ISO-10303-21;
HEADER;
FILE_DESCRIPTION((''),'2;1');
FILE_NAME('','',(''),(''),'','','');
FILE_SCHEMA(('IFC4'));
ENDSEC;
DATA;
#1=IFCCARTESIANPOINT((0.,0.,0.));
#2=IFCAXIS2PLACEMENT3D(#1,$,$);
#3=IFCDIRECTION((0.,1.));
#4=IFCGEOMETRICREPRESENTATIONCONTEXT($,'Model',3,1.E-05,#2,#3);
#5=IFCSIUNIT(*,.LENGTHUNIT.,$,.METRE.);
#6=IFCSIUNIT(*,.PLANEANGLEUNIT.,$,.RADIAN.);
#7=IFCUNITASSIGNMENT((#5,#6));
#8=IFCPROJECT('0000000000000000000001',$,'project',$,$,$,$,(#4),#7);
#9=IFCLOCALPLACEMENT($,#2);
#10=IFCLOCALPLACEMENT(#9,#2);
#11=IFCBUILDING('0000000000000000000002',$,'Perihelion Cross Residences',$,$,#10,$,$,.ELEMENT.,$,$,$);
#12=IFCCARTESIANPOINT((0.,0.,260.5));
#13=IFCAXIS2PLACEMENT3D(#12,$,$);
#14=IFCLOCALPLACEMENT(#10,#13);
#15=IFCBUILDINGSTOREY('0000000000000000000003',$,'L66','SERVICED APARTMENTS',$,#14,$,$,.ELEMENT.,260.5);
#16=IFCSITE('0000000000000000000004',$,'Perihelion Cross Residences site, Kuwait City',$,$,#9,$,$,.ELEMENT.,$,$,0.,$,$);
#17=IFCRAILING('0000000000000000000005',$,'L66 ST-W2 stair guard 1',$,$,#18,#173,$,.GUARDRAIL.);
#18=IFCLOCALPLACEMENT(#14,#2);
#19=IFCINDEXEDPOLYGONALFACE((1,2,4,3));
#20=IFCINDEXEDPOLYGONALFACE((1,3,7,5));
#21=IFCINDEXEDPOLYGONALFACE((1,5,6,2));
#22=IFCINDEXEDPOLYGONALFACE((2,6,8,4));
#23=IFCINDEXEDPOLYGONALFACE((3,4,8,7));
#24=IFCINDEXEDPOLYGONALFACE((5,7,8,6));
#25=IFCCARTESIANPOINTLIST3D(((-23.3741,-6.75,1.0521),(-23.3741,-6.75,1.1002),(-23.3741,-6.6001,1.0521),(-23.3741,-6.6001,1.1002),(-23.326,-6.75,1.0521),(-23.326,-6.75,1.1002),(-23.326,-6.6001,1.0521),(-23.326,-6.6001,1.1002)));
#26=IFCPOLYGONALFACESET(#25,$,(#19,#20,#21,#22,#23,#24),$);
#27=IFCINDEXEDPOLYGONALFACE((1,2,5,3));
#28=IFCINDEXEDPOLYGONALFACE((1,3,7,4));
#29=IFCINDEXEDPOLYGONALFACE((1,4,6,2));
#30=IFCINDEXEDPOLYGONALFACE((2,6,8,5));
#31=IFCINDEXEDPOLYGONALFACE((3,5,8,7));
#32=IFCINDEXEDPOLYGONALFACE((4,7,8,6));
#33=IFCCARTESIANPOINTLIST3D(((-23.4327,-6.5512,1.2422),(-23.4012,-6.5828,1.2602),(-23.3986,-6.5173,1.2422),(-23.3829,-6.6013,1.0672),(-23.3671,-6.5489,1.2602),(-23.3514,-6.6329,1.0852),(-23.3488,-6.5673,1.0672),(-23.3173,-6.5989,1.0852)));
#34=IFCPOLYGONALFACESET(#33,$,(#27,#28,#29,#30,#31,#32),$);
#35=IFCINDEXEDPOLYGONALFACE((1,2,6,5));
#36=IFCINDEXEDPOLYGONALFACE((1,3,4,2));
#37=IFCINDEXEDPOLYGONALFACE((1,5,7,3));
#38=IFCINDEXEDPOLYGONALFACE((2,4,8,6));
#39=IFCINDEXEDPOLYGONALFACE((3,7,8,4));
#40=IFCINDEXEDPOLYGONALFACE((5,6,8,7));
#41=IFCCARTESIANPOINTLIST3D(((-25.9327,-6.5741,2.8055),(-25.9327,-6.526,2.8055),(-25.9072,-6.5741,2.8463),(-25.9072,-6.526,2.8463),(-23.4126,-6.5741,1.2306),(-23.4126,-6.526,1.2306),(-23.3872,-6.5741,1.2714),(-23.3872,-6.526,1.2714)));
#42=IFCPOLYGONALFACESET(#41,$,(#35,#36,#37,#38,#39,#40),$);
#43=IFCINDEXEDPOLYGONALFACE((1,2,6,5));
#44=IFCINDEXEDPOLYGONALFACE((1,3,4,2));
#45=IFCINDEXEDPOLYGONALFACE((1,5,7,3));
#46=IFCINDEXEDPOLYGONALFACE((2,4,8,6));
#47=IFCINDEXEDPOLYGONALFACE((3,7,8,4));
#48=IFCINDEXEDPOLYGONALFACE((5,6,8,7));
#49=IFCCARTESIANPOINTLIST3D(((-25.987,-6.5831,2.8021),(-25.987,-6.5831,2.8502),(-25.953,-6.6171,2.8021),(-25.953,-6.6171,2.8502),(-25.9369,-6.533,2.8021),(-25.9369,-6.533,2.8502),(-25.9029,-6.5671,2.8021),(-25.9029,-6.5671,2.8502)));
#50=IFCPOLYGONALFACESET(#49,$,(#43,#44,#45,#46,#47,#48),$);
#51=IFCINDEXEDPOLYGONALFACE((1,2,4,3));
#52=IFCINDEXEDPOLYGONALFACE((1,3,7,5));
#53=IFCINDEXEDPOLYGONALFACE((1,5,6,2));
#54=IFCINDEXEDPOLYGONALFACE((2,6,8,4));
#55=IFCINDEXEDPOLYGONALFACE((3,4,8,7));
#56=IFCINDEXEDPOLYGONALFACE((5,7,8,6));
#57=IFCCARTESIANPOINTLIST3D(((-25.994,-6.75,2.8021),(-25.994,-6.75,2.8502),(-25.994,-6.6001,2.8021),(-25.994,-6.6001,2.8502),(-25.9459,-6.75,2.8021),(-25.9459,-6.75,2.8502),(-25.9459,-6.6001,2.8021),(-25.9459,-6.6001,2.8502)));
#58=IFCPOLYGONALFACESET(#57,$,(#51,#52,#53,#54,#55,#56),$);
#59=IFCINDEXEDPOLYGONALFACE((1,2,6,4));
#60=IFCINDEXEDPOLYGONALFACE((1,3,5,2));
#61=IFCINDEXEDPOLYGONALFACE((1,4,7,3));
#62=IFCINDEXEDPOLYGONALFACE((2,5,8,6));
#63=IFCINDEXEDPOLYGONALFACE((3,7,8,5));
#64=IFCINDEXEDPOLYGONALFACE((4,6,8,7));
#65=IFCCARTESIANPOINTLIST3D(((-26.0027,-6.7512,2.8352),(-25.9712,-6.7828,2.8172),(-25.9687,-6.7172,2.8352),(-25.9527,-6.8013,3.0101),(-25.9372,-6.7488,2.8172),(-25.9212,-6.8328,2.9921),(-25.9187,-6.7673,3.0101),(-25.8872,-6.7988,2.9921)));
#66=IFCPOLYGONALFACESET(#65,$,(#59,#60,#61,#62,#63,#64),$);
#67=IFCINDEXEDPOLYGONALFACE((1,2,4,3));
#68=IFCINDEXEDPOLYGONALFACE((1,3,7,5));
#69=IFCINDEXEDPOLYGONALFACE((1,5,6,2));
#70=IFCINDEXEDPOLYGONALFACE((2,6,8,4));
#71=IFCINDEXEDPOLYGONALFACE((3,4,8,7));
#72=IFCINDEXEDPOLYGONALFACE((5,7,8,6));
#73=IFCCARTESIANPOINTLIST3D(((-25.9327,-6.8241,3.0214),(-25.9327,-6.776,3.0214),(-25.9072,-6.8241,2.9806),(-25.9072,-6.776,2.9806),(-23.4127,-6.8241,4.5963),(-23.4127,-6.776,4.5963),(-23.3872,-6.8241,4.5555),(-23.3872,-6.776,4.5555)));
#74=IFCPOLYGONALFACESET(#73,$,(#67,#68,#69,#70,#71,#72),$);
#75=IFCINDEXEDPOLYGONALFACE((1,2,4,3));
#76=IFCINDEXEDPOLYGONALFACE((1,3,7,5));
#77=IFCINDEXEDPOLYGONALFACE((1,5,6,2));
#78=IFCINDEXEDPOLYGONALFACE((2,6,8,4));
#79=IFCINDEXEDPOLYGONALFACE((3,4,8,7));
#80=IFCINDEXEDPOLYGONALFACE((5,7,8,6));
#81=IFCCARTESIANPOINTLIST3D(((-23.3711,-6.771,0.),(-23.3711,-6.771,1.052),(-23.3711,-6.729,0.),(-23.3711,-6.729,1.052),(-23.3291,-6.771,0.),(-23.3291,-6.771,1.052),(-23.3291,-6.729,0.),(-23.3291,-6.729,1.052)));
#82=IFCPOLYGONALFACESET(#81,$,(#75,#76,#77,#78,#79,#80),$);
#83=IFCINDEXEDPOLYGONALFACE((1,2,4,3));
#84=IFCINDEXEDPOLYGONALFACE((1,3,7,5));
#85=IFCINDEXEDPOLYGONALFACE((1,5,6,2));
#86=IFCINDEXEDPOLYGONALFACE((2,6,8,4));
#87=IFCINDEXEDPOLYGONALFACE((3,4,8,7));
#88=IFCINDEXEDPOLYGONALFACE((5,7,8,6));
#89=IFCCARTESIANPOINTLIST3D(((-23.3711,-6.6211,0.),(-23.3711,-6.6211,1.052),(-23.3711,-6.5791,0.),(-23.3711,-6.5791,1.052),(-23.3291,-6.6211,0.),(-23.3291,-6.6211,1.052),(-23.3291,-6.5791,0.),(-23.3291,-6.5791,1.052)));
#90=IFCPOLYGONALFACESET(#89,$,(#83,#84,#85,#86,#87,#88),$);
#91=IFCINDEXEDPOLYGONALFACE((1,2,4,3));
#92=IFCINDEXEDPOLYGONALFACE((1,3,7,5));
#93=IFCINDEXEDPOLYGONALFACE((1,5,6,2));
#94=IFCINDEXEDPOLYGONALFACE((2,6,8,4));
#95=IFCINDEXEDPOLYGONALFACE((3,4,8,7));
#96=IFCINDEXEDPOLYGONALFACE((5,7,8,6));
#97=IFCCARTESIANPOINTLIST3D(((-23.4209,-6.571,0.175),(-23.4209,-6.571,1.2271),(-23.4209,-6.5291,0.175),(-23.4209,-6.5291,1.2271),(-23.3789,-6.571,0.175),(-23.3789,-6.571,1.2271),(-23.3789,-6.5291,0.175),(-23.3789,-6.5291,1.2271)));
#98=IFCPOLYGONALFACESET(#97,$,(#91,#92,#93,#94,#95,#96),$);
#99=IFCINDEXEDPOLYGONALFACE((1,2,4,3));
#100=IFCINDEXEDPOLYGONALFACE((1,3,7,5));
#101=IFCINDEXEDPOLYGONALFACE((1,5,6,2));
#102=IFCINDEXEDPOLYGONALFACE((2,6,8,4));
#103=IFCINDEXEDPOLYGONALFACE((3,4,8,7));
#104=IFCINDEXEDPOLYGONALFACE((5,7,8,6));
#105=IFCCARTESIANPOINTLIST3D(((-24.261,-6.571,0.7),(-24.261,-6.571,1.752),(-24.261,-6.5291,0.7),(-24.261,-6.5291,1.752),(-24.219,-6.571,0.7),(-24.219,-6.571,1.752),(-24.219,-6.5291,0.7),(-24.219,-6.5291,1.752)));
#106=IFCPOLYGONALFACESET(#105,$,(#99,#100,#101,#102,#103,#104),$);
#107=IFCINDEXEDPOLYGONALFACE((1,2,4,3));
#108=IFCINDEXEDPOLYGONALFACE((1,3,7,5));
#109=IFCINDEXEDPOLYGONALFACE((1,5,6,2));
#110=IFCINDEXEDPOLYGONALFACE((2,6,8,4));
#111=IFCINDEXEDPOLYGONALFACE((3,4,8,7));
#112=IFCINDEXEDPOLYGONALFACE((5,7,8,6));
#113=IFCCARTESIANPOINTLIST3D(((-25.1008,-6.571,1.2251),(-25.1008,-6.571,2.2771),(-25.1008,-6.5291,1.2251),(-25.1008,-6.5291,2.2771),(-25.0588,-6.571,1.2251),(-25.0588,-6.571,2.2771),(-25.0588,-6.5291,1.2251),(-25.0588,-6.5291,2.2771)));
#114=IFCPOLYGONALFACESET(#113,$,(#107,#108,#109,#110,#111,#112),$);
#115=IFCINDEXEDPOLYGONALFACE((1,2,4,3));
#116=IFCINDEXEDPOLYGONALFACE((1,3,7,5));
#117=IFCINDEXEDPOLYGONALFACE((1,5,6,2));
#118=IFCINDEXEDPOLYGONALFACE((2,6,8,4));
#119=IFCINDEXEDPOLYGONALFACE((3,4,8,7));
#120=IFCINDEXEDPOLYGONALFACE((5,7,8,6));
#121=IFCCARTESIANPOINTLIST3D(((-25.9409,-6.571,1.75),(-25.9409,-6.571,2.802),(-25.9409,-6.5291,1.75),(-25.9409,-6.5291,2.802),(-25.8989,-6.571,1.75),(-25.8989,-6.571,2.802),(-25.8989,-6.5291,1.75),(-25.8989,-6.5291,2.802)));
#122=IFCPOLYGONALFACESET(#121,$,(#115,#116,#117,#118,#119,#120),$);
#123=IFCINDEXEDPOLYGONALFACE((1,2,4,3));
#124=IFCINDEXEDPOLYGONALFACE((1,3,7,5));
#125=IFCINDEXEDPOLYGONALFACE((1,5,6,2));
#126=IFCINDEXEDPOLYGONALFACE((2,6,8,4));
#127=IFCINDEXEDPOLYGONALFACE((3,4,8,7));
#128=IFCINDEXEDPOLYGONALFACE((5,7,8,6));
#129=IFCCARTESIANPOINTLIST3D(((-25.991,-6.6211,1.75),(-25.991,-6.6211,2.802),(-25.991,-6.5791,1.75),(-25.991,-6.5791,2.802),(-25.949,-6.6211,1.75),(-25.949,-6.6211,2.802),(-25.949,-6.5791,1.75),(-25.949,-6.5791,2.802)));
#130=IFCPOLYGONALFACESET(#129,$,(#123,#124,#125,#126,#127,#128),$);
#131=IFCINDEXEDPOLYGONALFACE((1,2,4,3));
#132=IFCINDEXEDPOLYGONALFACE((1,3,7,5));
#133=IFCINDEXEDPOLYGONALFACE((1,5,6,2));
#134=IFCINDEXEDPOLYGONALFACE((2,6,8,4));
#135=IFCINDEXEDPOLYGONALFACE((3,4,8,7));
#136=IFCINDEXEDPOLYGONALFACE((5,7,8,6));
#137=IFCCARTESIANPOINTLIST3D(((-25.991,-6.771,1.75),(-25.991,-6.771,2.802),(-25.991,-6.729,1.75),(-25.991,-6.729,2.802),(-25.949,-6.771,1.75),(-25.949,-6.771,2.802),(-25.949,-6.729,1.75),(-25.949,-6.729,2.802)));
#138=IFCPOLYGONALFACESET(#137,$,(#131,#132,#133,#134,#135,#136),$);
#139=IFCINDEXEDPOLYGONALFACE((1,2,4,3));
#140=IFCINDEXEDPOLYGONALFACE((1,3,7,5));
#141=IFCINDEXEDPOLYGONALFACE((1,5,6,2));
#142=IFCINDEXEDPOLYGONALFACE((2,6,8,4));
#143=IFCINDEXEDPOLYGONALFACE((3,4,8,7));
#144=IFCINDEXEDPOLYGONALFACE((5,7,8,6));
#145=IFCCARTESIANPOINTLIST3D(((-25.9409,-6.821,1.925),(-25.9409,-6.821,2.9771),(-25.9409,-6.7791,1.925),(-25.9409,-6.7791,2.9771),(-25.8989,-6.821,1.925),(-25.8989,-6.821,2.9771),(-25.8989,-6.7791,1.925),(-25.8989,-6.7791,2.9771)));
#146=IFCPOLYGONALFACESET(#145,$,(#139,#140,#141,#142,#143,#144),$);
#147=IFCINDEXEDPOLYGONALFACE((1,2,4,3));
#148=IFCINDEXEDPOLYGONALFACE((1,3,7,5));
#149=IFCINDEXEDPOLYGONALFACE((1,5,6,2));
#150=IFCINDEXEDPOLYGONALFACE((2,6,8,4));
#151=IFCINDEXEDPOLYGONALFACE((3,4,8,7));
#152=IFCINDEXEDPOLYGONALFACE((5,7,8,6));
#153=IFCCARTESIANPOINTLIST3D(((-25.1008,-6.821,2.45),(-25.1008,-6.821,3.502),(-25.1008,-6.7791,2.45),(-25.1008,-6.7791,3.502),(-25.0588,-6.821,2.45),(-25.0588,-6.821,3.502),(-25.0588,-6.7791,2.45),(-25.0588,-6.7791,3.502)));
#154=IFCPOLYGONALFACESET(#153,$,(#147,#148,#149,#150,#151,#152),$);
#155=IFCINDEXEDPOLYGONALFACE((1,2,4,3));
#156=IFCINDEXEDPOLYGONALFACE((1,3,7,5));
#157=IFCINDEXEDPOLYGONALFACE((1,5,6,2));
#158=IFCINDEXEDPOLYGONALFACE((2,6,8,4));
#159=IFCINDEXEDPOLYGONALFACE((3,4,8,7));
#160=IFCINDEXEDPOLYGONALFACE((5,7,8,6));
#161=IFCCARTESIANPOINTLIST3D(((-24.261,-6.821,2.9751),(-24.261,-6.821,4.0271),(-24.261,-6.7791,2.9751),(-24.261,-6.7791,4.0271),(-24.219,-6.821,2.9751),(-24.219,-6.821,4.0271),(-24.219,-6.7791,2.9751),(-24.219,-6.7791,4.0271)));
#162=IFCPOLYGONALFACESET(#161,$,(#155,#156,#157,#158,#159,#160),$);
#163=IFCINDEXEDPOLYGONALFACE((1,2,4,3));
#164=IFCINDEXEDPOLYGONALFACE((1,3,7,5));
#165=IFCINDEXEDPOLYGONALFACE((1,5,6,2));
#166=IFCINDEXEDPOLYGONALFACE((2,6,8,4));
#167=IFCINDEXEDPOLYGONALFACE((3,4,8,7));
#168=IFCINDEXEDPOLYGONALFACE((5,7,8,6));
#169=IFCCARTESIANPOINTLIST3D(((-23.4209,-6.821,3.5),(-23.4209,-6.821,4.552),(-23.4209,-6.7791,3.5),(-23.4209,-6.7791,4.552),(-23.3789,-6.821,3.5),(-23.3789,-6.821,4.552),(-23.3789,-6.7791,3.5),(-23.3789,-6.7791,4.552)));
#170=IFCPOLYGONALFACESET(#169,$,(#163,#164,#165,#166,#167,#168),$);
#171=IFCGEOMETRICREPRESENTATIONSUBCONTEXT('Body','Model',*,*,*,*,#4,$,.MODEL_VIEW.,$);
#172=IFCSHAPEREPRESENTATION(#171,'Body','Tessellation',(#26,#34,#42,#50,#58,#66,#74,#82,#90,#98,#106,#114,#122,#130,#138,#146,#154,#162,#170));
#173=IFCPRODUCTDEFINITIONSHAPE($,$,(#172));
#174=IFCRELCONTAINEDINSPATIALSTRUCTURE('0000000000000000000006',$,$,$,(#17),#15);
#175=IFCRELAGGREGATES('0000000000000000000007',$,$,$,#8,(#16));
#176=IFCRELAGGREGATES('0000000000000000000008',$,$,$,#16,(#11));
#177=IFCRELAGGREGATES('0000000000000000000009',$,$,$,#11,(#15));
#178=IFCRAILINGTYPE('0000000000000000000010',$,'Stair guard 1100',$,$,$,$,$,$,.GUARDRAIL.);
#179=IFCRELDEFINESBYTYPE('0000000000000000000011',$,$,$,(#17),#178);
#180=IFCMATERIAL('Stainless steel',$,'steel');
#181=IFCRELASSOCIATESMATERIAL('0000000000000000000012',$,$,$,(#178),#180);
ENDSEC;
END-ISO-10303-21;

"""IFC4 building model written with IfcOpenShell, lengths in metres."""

from ifc_helpers import new_model, si_unit, direction, frame, origin, origin_2d, place, context, subcontext, project, spatial, rectangle, extrude, material, type_object, element, save


model = new_model("IFC4")

# Units and contexts
model_context = context("Model", 3, precision=1e-05, world=origin(), true_north=direction((0.0, 1.0)))
body_context = subcontext(model_context, "Body", "Model", "MODEL_VIEW")
ifc_project = project(units=[si_unit("LENGTHUNIT", "METRE"), si_unit("PLANEANGLEUNIT", "RADIAN")], contexts=[model_context])

# Site, building, storey
site_placement = place(None, origin())
site = spatial("IfcSite", under=ifc_project, at=site_placement, Name="Perihelion Cross Residences site, Kuwait City", CompositionType="ELEMENT", RefElevation=0.0)
building_placement = place(site_placement, origin())
building = spatial("IfcBuilding", under=site, at=building_placement, Name="Perihelion Cross Residences", CompositionType="ELEMENT")
storey_placement = place(building_placement, frame((0.0, 0.0, 260.5)))
storey = spatial("IfcBuildingStorey", under=building, at=storey_placement, Name="L66", Description="SERVICED APARTMENTS", CompositionType="ELEMENT", Elevation=260.5)

# Railing
ifc_material_1 = material(Name="Stainless steel", Category="steel")
railing_type_1 = type_object("IfcRailingType", Name="Stair guard 1100", PredefinedType="GUARDRAIL", material=ifc_material_1)
railing_1_placement = place(storey_placement, frame((-23.3501, -6.75, 0.0)))
element("IfcRailing", 1, at=railing_1_placement, inside=storey, type_object=railing_type_1, Name="L66 ST-W2 stair guard 1", PredefinedType="GUARDRAIL", context=body_context, shape_type="SweptSolid", body=[
    extrude(rectangle(XDim=0.0481, YDim=0.0481, at=origin_2d()), frame((0.0, 0.0, 1.0762), z_axis=(0.0, 1.0, 0.0), x_axis=(-1.0, 0.0, 0.0)), (0.0, 0.0, 1.0), 0.1499),
    extrude(rectangle(XDim=0.0481, YDim=0.0481, at=origin_2d()), frame((0.0, 0.1499, 1.0762), z_axis=(-0.263862, 0.265156, 0.927399), x_axis=(-0.708834, -0.705376, 0.0)), (0.0, 0.0, 1.0), 0.1887),
    extrude(rectangle(XDim=0.0481, YDim=0.0481, at=origin_2d()), frame((-0.0498, 0.2, 1.251), z_axis=(-0.848008, 0.0, 0.529984), x_axis=(0.0, -1.0, 0.0)), (0.0, 0.0, 1.0), 2.9717),
    extrude(rectangle(XDim=0.0481, YDim=0.0481, at=origin_2d()), frame((-2.5698, 0.2, 2.8262), z_axis=(-0.707107, -0.707107, 0.0), x_axis=(0.707107, -0.707107, 0.0)), (0.0, 0.0, 1.0), 0.0708),
    extrude(rectangle(XDim=0.0481, YDim=0.0481, at=origin_2d()), frame((-2.6199, 0.1499, 2.8262), z_axis=(0.0, -1.0, 0.0), x_axis=(1.0, 0.0, 0.0)), (0.0, 0.0, 1.0), 0.1499),
    extrude(rectangle(XDim=0.0481, YDim=0.0481, at=origin_2d()), frame((-2.6199, 0.0, 2.8262), z_axis=(0.265065, -0.265065, 0.927082), x_axis=(0.707107, 0.707107, 0.0)), (0.0, 0.0, 1.0), 0.1887),
    extrude(rectangle(XDim=0.0481, YDim=0.0481, at=origin_2d()), frame((-2.5698, -0.05, 3.001), z_axis=(0.848008, 0.0, 0.529984), x_axis=(0.0, 1.0, 0.0)), (0.0, 0.0, 1.0), 2.9717),
    extrude(rectangle(XDim=0.042, YDim=0.042, at=origin_2d()), origin(), (0.0, 0.0, 1.0), 1.052),
    extrude(rectangle(XDim=0.042, YDim=0.042, at=origin_2d()), frame((0.0, 0.1499, 0.0)), (0.0, 0.0, 1.0), 1.052),
    extrude(rectangle(XDim=0.042, YDim=0.042, at=origin_2d()), frame((-0.0498, 0.2, 0.175)), (0.0, 0.0, 1.0), 1.052),
    extrude(rectangle(XDim=0.042, YDim=0.042, at=origin_2d()), frame((-0.8899, 0.2, 0.7)), (0.0, 0.0, 1.0), 1.052),
    extrude(rectangle(XDim=0.042, YDim=0.042, at=origin_2d()), frame((-1.7297, 0.2, 1.2251)), (0.0, 0.0, 1.0), 1.052),
    extrude(rectangle(XDim=0.042, YDim=0.042, at=origin_2d()), frame((-2.5698, 0.2, 1.75)), (0.0, 0.0, 1.0), 1.052),
    extrude(rectangle(XDim=0.042, YDim=0.042, at=origin_2d()), frame((-2.6199, 0.1499, 1.75)), (0.0, 0.0, 1.0), 1.052),
    extrude(rectangle(XDim=0.042, YDim=0.042, at=origin_2d()), frame((-2.6199, 0.0, 1.75)), (0.0, 0.0, 1.0), 1.052),
    extrude(rectangle(XDim=0.042, YDim=0.042, at=origin_2d()), frame((-2.5698, -0.05, 1.925)), (0.0, 0.0, 1.0), 1.052),
    extrude(rectangle(XDim=0.042, YDim=0.042, at=origin_2d()), frame((-1.7297, -0.05, 2.45)), (0.0, 0.0, 1.0), 1.052),
    extrude(rectangle(XDim=0.042, YDim=0.042, at=origin_2d()), frame((-0.8899, -0.05, 2.9751)), (0.0, 0.0, 1.0), 1.052),
    extrude(rectangle(XDim=0.042, YDim=0.042, at=origin_2d()), frame((-0.0498, -0.05, 3.5)), (0.0, 0.0, 1.0), 1.052),
])

save(model, "model.ifc")
